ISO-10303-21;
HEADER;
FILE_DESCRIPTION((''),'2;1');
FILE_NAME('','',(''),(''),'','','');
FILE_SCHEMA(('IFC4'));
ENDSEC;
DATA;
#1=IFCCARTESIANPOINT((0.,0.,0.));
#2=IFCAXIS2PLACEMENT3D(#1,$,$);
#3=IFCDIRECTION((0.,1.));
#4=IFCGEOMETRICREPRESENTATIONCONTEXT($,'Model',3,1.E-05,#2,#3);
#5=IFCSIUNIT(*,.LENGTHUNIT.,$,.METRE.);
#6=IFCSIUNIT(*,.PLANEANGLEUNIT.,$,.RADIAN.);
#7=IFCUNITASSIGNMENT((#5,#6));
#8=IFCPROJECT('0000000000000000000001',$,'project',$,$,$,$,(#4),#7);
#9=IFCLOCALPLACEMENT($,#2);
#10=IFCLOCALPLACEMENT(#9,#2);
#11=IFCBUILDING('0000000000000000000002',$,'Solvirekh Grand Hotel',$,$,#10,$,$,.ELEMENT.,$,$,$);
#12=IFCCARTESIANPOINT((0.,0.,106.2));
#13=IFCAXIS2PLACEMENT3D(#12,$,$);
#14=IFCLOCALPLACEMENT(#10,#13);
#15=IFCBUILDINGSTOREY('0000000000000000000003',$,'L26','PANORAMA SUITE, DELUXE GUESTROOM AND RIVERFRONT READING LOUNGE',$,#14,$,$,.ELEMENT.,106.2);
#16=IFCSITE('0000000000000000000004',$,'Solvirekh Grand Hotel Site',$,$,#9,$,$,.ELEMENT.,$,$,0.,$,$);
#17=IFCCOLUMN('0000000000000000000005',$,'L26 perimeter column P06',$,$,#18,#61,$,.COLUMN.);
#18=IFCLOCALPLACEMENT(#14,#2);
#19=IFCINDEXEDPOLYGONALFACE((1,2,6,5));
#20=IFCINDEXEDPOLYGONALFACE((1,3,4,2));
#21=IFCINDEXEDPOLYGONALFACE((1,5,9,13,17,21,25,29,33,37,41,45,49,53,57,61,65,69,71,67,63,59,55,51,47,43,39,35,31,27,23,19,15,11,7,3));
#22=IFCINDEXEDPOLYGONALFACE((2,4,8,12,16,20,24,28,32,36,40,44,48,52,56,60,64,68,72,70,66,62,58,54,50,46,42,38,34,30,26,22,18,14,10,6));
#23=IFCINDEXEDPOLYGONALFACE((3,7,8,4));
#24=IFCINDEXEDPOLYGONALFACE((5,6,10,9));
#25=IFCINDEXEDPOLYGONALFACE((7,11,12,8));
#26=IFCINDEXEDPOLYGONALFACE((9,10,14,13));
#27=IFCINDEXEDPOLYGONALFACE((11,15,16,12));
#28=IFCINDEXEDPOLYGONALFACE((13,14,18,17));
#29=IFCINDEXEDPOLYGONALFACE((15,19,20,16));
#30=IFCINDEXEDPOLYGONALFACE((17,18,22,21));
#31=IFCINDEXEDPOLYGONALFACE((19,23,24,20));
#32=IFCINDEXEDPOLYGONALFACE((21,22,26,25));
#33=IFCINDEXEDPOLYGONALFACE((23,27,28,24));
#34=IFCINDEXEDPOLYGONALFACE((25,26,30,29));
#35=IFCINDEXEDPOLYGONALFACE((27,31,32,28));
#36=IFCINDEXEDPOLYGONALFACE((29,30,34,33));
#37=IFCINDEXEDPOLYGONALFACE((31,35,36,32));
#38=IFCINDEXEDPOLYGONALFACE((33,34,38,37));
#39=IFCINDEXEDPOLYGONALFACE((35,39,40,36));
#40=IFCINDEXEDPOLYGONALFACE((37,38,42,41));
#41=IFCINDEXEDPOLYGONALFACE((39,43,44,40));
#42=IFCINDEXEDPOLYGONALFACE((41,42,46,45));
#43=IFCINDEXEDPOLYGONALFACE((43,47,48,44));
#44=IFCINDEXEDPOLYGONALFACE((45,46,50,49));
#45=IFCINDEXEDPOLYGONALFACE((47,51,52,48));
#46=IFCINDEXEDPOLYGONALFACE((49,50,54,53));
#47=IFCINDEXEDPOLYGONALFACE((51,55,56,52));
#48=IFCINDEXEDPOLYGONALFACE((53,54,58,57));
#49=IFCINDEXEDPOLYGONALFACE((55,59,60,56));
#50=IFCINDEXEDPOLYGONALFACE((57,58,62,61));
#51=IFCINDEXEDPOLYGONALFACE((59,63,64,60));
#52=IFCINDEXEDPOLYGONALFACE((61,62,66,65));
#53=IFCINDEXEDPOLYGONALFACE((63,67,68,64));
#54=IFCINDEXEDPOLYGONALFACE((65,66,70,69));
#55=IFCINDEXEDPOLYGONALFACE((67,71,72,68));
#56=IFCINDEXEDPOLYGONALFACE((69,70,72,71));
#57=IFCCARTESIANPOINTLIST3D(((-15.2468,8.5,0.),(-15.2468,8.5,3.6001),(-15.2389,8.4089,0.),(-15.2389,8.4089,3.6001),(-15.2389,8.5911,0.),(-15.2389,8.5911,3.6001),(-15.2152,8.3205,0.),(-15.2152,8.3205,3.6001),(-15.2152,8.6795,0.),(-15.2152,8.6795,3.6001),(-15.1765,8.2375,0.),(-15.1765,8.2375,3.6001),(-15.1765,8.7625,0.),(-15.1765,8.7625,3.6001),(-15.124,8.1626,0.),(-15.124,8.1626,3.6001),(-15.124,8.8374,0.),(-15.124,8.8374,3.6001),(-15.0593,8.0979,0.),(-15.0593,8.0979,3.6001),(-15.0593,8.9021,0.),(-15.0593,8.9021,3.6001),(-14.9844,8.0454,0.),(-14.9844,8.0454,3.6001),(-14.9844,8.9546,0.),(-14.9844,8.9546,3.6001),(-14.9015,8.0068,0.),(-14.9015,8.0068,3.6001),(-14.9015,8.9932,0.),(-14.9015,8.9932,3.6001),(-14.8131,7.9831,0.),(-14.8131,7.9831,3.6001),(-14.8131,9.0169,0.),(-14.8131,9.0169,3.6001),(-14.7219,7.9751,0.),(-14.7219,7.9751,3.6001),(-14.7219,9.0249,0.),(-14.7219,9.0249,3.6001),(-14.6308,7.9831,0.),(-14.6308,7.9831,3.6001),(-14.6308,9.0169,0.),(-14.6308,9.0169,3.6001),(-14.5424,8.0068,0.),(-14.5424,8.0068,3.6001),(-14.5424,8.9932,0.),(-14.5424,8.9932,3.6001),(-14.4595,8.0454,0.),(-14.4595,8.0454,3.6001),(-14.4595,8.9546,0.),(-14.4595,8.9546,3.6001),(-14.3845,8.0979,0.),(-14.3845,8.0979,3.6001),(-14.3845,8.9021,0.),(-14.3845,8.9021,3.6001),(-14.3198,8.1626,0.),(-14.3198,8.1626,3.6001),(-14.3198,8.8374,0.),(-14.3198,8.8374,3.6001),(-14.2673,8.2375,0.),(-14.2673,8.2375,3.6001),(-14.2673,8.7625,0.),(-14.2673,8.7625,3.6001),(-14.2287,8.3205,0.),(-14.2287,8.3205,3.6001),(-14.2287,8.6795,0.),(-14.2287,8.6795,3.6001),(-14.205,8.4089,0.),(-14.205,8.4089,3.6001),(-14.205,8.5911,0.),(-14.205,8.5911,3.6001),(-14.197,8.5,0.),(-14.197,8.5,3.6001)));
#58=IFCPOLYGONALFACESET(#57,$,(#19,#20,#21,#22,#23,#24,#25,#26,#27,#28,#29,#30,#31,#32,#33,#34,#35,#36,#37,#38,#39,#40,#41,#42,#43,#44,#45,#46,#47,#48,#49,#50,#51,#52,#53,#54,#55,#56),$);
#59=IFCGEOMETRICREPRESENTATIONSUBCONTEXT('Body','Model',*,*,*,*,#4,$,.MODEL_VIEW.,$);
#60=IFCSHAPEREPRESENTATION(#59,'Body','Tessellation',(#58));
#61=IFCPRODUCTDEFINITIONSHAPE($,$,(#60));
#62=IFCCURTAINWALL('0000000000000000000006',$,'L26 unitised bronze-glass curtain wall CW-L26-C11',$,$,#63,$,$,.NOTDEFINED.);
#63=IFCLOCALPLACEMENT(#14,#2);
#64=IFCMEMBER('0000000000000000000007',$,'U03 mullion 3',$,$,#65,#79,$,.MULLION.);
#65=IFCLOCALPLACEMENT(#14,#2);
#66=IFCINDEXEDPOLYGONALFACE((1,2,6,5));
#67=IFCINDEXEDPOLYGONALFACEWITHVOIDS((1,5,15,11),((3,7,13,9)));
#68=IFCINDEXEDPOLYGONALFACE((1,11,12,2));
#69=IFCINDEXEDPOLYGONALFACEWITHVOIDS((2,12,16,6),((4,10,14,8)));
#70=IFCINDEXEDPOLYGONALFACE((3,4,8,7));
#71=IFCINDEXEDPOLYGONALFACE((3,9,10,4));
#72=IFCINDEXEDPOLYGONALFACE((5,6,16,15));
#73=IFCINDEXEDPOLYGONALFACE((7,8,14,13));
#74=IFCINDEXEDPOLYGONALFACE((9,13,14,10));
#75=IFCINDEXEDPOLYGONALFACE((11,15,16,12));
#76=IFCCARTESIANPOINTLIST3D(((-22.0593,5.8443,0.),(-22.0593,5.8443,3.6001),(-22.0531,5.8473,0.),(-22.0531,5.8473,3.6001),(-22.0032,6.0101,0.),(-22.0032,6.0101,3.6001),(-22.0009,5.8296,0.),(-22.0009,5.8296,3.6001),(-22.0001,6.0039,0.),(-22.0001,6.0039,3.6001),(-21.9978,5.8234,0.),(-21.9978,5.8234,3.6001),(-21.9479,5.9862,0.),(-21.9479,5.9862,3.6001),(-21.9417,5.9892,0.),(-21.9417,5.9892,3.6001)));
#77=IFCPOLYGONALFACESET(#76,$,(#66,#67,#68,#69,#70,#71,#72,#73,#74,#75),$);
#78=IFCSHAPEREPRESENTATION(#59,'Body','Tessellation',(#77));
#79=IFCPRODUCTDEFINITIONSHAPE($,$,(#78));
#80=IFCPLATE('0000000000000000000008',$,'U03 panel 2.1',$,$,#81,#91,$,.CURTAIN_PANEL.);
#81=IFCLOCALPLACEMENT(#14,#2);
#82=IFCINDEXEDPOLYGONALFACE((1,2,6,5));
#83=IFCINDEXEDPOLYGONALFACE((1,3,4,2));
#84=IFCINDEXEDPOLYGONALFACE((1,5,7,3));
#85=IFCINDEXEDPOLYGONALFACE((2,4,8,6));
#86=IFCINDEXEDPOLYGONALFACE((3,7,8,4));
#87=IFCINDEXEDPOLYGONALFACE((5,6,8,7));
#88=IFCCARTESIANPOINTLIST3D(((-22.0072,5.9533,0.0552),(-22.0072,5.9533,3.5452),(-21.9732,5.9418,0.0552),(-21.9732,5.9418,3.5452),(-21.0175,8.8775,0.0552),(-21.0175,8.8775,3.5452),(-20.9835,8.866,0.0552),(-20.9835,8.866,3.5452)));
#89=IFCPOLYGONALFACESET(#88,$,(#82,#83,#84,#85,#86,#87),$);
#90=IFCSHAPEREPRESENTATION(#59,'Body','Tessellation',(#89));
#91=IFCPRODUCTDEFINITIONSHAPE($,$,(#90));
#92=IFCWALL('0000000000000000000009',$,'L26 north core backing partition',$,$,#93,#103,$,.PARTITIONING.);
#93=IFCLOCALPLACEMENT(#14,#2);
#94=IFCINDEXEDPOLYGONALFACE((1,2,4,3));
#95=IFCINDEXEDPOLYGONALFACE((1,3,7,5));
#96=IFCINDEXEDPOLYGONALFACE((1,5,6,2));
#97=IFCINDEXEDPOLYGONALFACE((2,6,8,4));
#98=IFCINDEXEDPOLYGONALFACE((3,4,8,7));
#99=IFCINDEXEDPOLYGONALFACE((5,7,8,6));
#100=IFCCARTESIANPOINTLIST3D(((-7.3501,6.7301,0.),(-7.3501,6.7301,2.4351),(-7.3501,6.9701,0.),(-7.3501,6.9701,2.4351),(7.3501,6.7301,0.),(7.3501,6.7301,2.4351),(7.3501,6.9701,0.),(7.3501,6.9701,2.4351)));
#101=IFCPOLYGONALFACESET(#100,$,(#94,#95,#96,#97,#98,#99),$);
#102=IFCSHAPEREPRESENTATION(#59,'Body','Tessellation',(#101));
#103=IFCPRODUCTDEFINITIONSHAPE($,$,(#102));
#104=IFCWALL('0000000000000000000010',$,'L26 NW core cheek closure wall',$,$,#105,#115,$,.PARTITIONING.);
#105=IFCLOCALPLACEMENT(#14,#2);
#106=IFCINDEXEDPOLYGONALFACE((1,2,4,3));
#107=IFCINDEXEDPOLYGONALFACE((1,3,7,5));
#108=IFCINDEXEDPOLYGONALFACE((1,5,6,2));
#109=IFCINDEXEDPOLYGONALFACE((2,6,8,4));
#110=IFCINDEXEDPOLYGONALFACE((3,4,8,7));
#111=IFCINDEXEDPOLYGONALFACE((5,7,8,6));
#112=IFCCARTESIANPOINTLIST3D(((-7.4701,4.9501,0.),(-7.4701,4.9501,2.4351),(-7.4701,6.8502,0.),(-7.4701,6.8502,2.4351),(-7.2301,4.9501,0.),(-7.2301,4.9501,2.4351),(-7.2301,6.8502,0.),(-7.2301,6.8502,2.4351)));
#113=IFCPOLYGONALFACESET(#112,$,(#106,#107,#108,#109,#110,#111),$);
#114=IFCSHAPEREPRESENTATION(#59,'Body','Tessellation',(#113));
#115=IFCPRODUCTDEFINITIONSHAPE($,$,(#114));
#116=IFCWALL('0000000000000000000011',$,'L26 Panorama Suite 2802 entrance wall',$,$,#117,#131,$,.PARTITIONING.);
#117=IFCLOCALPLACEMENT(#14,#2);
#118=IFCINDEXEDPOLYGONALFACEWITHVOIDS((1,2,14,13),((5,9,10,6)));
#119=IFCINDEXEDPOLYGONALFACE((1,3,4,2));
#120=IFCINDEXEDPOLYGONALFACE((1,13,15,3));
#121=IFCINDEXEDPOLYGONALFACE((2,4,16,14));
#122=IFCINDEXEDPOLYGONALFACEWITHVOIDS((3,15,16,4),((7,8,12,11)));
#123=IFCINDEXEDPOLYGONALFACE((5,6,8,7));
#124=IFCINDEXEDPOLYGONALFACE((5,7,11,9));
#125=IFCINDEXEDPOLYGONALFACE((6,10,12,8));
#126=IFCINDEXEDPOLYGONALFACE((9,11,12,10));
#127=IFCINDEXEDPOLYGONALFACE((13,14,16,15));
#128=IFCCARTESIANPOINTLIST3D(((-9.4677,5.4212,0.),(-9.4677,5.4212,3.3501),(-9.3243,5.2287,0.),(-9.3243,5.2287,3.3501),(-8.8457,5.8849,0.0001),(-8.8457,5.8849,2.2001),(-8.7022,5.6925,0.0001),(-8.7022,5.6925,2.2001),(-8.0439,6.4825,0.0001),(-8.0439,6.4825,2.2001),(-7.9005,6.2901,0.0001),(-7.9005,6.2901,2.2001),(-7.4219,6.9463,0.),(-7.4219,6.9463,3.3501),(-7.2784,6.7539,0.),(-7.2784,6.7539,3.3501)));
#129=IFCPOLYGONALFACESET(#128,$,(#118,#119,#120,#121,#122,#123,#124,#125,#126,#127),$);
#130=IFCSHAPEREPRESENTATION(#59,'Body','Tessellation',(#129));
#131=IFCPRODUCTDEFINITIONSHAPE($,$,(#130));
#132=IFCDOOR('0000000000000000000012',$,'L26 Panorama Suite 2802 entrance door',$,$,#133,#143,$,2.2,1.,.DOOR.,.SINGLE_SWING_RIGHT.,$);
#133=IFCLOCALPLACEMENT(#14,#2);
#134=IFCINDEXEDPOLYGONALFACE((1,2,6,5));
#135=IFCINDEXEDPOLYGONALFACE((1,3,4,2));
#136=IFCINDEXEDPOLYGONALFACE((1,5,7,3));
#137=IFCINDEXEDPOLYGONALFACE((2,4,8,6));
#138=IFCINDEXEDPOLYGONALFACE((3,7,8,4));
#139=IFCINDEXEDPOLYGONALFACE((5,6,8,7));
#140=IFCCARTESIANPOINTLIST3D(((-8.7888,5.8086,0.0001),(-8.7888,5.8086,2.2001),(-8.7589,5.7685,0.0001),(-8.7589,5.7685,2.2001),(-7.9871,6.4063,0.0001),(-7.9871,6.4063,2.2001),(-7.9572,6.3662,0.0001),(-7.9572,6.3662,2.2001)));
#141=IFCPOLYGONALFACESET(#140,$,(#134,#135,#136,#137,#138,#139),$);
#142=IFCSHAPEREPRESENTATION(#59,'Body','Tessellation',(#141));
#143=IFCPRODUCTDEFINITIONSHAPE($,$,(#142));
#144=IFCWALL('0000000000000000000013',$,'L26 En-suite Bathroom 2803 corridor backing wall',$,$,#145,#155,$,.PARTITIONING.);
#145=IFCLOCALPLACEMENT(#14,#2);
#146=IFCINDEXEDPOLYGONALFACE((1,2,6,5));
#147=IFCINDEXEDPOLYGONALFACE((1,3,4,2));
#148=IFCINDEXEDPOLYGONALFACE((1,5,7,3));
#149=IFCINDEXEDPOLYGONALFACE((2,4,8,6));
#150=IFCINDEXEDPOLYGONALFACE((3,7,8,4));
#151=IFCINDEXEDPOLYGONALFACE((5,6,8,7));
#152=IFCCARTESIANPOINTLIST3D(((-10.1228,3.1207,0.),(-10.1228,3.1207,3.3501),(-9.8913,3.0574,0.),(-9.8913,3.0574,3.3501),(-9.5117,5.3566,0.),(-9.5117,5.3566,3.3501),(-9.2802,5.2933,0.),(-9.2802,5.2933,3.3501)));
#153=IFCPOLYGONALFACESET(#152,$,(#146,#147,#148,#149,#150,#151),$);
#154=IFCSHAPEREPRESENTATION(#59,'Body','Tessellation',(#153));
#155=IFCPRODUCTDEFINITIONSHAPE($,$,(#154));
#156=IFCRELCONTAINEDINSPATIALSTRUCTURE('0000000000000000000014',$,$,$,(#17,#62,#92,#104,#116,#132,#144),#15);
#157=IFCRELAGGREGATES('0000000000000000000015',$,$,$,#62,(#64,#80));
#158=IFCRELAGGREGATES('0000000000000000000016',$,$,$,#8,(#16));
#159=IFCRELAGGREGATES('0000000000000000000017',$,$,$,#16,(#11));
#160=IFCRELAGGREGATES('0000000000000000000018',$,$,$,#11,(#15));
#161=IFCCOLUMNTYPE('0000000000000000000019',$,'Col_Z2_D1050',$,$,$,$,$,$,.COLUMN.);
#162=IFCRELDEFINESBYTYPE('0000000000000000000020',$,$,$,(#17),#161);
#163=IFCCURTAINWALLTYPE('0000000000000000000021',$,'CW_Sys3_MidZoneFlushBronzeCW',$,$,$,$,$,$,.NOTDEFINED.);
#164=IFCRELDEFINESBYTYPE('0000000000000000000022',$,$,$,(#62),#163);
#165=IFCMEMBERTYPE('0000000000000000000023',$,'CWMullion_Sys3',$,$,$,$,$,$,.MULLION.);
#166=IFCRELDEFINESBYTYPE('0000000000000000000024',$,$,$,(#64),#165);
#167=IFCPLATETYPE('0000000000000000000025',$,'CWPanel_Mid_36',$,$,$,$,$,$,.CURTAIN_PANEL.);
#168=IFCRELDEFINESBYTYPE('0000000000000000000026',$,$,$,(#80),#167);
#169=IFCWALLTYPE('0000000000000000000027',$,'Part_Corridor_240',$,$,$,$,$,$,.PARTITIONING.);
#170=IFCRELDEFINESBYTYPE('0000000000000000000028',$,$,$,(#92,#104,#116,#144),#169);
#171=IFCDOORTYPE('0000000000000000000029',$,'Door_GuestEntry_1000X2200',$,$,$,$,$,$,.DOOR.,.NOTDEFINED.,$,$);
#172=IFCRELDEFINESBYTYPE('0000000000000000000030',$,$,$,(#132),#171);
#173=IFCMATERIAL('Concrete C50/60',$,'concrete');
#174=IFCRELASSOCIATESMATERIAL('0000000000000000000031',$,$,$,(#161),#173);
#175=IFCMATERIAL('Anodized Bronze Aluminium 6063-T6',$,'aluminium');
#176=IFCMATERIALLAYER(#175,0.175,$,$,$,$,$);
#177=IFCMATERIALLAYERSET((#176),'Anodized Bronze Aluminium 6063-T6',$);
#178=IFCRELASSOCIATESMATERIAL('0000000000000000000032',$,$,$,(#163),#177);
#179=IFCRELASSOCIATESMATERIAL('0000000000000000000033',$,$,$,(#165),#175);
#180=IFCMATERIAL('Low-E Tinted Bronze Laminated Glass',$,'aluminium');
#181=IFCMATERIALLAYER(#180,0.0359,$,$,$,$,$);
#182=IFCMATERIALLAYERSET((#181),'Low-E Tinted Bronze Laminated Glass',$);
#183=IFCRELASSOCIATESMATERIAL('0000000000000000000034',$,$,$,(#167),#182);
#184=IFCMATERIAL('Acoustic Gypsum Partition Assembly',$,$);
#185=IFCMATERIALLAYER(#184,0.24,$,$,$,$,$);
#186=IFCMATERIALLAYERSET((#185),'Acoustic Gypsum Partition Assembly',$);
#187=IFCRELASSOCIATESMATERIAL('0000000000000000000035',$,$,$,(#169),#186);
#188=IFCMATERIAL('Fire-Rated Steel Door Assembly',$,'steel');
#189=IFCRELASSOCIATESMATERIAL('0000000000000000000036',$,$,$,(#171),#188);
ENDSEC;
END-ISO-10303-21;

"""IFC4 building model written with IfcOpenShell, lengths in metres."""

from ifc_helpers import new_model, si_unit, direction, frame, frame_2d, origin, origin_2d, place, context, subcontext, project, spatial, rectangle, hollow_rectangle, circle, extrude, source, transform, mapped, material, layer, layer_set, material_profile, profile_set, type_object, element, fill, aggregate, save


model = new_model("IFC4")

# Units and contexts
model_context = context("Model", 3, precision=1e-05, world=origin(), true_north=direction((0.0, 1.0)))
body_context = subcontext(model_context, "Body", "Model", "MODEL_VIEW")
ifc_project = project(units=[si_unit("LENGTHUNIT", "METRE"), si_unit("PLANEANGLEUNIT", "RADIAN")], contexts=[model_context])

# Site, building, storey
site_placement = place(None, origin())
site = spatial("IfcSite", under=ifc_project, at=site_placement, Name="Solvirekh Grand Hotel Site", CompositionType="ELEMENT", RefElevation=0.0)
building_placement = place(site_placement, origin())
building = spatial("IfcBuilding", under=site, at=building_placement, Name="Solvirekh Grand Hotel", CompositionType="ELEMENT")
storey_placement = place(building_placement, frame((0.0, 0.0, 106.2)))
storey = spatial("IfcBuildingStorey", under=building, at=storey_placement, Name="L26", Description="PANORAMA SUITE, DELUXE GUESTROOM AND RIVERFRONT READING LOUNGE", CompositionType="ELEMENT", Elevation=106.2)

# Column
ifc_material_1 = material(Name="Concrete C50/60", Category="concrete")
ifc_material_profile_1 = material_profile(ifc_material_1, circle(Radius=0.5249, at=origin_2d()), Name="RC CIRC D1050")
ifc_profile_set_1 = profile_set([ifc_material_profile_1], Name="Concrete C50/60")
column_type = type_object("IfcColumnType", Name="Col_Z2_D1050", PredefinedType="COLUMN", material=ifc_profile_set_1)
column_placement = place(storey_placement, frame((-14.7219, 8.5, 0.0), z_axis=(0.0, 0.0, 1.0), x_axis=(1.0, 0.0, 0.0)))
element("IfcColumn", 1, at=column_placement, inside=storey, type_object=column_type, Name="L26 perimeter column P06", PredefinedType="COLUMN", context=body_context, shape_type="SweptSolid", body=[
    extrude(circle(Radius=0.5249, at=origin_2d()), origin(), (0.0, 0.0, 1.0), 3.6001),
])

# Curtain wall, member, plate
ifc_material_2 = material(Name="Anodized Bronze Aluminium 6063-T6", Category="aluminium")
ifc_layer_1 = layer(ifc_material_2, 0.175)
ifc_layer_set_1 = layer_set([ifc_layer_1], Name="Anodized Bronze Aluminium 6063-T6")
curtain_wall_type = type_object("IfcCurtainWallType", Name="CW_Sys3_MidZoneFlushBronzeCW", PredefinedType="NOTDEFINED", material=ifc_layer_set_1)
curtain_wall_placement = place(storey_placement, origin())
curtain_wall = element("IfcCurtainWall", 2, at=curtain_wall_placement, inside=storey, type_object=curtain_wall_type, Name="L26 unitised bronze-glass curtain wall CW-L26-C11", PredefinedType="NOTDEFINED")
ifc_material_profile_2 = material_profile(ifc_material_2, hollow_rectangle(XDim=0.0649, YDim=0.175, WallThickness=0.0049, at=origin_2d()), Name="ALU RHS 175X65X5")
ifc_profile_set_2 = profile_set([ifc_material_profile_2], Name="Anodized Bronze Aluminium 6063-T6")
member_type = type_object("IfcMemberType", Name="CWMullion_Sys3", PredefinedType="MULLION", material=ifc_profile_set_2)
shared_shape_1 = source(origin(), body_context, "Body", "SweptSolid", [
    extrude(hollow_rectangle(XDim=0.0649, YDim=0.175, WallThickness=0.0049, at=origin_2d()), origin(), (0.0, 0.0, 1.0), 3.6001),
])
member_placement = place(storey_placement, frame((-22.0005, 5.9167, 0.0), z_axis=(0.0, 0.0, 1.0), x_axis=(0.947213, -0.320605, 0.0)))
member = element("IfcMember", 3, at=member_placement, type_object=member_type, Name="U03 mullion 3", PredefinedType="MULLION", context=body_context, shape_type="MappedRepresentation", body=[
    mapped(shared_shape_1, transform((0.0, 0.0, 0.0), x_axis=(1.0, 0.0, 0.0), y_axis=(0.0, 1.0, 0.0), z_axis=(0.0, 0.0, 1.0), scale=1.0)),
])
ifc_material_3 = material(Name="Low-E Tinted Bronze Laminated Glass", Category="aluminium")
ifc_layer_2 = layer(ifc_material_3, 0.0359)
ifc_layer_set_2 = layer_set([ifc_layer_2], Name="Low-E Tinted Bronze Laminated Glass")
plate_type = type_object("IfcPlateType", Name="CWPanel_Mid_36", PredefinedType="CURTAIN_PANEL", material=ifc_layer_set_2)
shared_shape_2 = source(origin(), body_context, "Body", "SweptSolid", [
    extrude(rectangle(XDim=3.0872, YDim=0.0359, at=origin_2d()), origin(), (0.0, 0.0, 1.0), 3.49),
])
plate_placement = place(storey_placement, frame((-21.4954, 7.4097, 0.0552), z_axis=(0.0, 0.0, 1.0), x_axis=(-0.320605, -0.947213, 0.0)))
plate = element("IfcPlate", 4, at=plate_placement, type_object=plate_type, Name="U03 panel 2.1", PredefinedType="CURTAIN_PANEL", context=body_context, shape_type="MappedRepresentation", body=[
    mapped(shared_shape_2, transform((0.0, 0.0, 0.0), x_axis=(1.0, 0.0, 0.0), y_axis=(0.0, 1.0, 0.0), z_axis=(0.0, 0.0, 1.0), scale=1.0)),
])
aggregate(curtain_wall, [member, plate])

# Walls
ifc_material_4 = material(Name="Acoustic Gypsum Partition Assembly")
ifc_layer_3 = layer(ifc_material_4, 0.24)
ifc_layer_set_3 = layer_set([ifc_layer_3], Name="Acoustic Gypsum Partition Assembly")
wall_type_1 = type_object("IfcWallType", Name="Part_Corridor_240", PredefinedType="PARTITIONING", material=ifc_layer_set_3)
wall_1_placement = place(storey_placement, frame((-7.3501, 6.8501, 0.0), z_axis=(0.0, 0.0, 1.0), x_axis=(1.0, 0.0, 0.0)))
element("IfcWall", 5, at=wall_1_placement, inside=storey, type_object=wall_type_1, Name="L26 north core backing partition", PredefinedType="PARTITIONING", context=body_context, shape_type="SweptSolid", body=[
    extrude(rectangle(XDim=14.7002, YDim=0.24, at=frame_2d((7.3501, 0.0))), origin(), (0.0, 0.0, 1.0), 2.4351),
])
wall_2_placement = place(storey_placement, frame((-7.3501, 4.95, 0.0), z_axis=(0.0, 0.0, 1.0), x_axis=(0.0, 1.0, 0.0)))
element("IfcWall", 6, at=wall_2_placement, inside=storey, type_object=wall_type_1, Name="L26 NW core cheek closure wall", PredefinedType="PARTITIONING", context=body_context, shape_type="SweptSolid", body=[
    extrude(rectangle(XDim=1.9001, YDim=0.24, at=frame_2d((0.9502, 0.0))), origin(), (0.0, 0.0, 1.0), 2.4351),
])

# Wall, opening, door
wall_3_placement = place(storey_placement, frame((-9.396, 5.325, 0.0), z_axis=(0.0, 0.0, 1.0), x_axis=(0.801742, 0.597671, 0.0)))
wall_3 = element("IfcWall", 7, at=wall_3_placement, inside=storey, type_object=wall_type_1, Name="L26 Panorama Suite 2802 entrance wall", PredefinedType="PARTITIONING", context=body_context, shape_type="SweptSolid", body=[
    extrude(rectangle(XDim=2.5518, YDim=0.24, at=frame_2d((1.2759, 0.0))), origin(), (0.0, 0.0, 1.0), 3.3501),
])
opening_1_placement = place(wall_3_placement, frame((0.7759, 0.0, 0.0)))
opening_1 = element("IfcOpeningElement", 8, at=opening_1_placement, cuts=wall_3, PredefinedType="OPENING", context=body_context, shape_type="SweptSolid", body=[
    extrude(rectangle(XDim=1.0, YDim=2.2, at=frame_2d((0.5, 1.1001))), frame((0.0, 0.1299, 0.0), z_axis=(0.0, -1.0, 0.0), x_axis=(1.0, 0.0, 0.0)), (0.0, 0.0, 1.0), 0.26),
])
ifc_material_5 = material(Name="Fire-Rated Steel Door Assembly", Category="steel")
door_type_1 = type_object("IfcDoorType", Name="Door_GuestEntry_1000X2200", OperationType="NOTDEFINED", PredefinedType="DOOR", material=ifc_material_5)
door_1_placement = place(opening_1_placement, origin())
door_1 = element("IfcDoor", 9, at=door_1_placement, inside=storey, type_object=door_type_1, Name="L26 Panorama Suite 2802 entrance door", OperationType="SINGLE_SWING_RIGHT", OverallHeight=2.2, OverallWidth=1.0, PredefinedType="DOOR", context=body_context, shape_type="SweptSolid", body=[
    extrude(rectangle(XDim=1.0, YDim=2.2, at=frame_2d((0.5, 1.1001))), frame((0.0, 0.0249, 0.0), z_axis=(0.0, -1.0, 0.0), x_axis=(1.0, 0.0, 0.0)), (0.0, 0.0, 1.0), 0.05),
])
fill(opening_1, door_1)

# Wall
wall_4_placement = place(storey_placement, frame((-9.396, 5.325, 0.0), z_axis=(0.0, 0.0, 1.0), x_axis=(-0.263643, -0.96462, 0.0)))
element("IfcWall", 10, at=wall_4_placement, inside=storey, type_object=wall_type_1, Name="L26 En-suite Bathroom 2803 corridor backing wall", PredefinedType="PARTITIONING", context=body_context, shape_type="SweptSolid", body=[
    extrude(rectangle(XDim=2.3179, YDim=0.24, at=frame_2d((1.1589, 0.0))), origin(), (0.0, 0.0, 1.0), 3.3501),
])

save(model, "model.ifc")
